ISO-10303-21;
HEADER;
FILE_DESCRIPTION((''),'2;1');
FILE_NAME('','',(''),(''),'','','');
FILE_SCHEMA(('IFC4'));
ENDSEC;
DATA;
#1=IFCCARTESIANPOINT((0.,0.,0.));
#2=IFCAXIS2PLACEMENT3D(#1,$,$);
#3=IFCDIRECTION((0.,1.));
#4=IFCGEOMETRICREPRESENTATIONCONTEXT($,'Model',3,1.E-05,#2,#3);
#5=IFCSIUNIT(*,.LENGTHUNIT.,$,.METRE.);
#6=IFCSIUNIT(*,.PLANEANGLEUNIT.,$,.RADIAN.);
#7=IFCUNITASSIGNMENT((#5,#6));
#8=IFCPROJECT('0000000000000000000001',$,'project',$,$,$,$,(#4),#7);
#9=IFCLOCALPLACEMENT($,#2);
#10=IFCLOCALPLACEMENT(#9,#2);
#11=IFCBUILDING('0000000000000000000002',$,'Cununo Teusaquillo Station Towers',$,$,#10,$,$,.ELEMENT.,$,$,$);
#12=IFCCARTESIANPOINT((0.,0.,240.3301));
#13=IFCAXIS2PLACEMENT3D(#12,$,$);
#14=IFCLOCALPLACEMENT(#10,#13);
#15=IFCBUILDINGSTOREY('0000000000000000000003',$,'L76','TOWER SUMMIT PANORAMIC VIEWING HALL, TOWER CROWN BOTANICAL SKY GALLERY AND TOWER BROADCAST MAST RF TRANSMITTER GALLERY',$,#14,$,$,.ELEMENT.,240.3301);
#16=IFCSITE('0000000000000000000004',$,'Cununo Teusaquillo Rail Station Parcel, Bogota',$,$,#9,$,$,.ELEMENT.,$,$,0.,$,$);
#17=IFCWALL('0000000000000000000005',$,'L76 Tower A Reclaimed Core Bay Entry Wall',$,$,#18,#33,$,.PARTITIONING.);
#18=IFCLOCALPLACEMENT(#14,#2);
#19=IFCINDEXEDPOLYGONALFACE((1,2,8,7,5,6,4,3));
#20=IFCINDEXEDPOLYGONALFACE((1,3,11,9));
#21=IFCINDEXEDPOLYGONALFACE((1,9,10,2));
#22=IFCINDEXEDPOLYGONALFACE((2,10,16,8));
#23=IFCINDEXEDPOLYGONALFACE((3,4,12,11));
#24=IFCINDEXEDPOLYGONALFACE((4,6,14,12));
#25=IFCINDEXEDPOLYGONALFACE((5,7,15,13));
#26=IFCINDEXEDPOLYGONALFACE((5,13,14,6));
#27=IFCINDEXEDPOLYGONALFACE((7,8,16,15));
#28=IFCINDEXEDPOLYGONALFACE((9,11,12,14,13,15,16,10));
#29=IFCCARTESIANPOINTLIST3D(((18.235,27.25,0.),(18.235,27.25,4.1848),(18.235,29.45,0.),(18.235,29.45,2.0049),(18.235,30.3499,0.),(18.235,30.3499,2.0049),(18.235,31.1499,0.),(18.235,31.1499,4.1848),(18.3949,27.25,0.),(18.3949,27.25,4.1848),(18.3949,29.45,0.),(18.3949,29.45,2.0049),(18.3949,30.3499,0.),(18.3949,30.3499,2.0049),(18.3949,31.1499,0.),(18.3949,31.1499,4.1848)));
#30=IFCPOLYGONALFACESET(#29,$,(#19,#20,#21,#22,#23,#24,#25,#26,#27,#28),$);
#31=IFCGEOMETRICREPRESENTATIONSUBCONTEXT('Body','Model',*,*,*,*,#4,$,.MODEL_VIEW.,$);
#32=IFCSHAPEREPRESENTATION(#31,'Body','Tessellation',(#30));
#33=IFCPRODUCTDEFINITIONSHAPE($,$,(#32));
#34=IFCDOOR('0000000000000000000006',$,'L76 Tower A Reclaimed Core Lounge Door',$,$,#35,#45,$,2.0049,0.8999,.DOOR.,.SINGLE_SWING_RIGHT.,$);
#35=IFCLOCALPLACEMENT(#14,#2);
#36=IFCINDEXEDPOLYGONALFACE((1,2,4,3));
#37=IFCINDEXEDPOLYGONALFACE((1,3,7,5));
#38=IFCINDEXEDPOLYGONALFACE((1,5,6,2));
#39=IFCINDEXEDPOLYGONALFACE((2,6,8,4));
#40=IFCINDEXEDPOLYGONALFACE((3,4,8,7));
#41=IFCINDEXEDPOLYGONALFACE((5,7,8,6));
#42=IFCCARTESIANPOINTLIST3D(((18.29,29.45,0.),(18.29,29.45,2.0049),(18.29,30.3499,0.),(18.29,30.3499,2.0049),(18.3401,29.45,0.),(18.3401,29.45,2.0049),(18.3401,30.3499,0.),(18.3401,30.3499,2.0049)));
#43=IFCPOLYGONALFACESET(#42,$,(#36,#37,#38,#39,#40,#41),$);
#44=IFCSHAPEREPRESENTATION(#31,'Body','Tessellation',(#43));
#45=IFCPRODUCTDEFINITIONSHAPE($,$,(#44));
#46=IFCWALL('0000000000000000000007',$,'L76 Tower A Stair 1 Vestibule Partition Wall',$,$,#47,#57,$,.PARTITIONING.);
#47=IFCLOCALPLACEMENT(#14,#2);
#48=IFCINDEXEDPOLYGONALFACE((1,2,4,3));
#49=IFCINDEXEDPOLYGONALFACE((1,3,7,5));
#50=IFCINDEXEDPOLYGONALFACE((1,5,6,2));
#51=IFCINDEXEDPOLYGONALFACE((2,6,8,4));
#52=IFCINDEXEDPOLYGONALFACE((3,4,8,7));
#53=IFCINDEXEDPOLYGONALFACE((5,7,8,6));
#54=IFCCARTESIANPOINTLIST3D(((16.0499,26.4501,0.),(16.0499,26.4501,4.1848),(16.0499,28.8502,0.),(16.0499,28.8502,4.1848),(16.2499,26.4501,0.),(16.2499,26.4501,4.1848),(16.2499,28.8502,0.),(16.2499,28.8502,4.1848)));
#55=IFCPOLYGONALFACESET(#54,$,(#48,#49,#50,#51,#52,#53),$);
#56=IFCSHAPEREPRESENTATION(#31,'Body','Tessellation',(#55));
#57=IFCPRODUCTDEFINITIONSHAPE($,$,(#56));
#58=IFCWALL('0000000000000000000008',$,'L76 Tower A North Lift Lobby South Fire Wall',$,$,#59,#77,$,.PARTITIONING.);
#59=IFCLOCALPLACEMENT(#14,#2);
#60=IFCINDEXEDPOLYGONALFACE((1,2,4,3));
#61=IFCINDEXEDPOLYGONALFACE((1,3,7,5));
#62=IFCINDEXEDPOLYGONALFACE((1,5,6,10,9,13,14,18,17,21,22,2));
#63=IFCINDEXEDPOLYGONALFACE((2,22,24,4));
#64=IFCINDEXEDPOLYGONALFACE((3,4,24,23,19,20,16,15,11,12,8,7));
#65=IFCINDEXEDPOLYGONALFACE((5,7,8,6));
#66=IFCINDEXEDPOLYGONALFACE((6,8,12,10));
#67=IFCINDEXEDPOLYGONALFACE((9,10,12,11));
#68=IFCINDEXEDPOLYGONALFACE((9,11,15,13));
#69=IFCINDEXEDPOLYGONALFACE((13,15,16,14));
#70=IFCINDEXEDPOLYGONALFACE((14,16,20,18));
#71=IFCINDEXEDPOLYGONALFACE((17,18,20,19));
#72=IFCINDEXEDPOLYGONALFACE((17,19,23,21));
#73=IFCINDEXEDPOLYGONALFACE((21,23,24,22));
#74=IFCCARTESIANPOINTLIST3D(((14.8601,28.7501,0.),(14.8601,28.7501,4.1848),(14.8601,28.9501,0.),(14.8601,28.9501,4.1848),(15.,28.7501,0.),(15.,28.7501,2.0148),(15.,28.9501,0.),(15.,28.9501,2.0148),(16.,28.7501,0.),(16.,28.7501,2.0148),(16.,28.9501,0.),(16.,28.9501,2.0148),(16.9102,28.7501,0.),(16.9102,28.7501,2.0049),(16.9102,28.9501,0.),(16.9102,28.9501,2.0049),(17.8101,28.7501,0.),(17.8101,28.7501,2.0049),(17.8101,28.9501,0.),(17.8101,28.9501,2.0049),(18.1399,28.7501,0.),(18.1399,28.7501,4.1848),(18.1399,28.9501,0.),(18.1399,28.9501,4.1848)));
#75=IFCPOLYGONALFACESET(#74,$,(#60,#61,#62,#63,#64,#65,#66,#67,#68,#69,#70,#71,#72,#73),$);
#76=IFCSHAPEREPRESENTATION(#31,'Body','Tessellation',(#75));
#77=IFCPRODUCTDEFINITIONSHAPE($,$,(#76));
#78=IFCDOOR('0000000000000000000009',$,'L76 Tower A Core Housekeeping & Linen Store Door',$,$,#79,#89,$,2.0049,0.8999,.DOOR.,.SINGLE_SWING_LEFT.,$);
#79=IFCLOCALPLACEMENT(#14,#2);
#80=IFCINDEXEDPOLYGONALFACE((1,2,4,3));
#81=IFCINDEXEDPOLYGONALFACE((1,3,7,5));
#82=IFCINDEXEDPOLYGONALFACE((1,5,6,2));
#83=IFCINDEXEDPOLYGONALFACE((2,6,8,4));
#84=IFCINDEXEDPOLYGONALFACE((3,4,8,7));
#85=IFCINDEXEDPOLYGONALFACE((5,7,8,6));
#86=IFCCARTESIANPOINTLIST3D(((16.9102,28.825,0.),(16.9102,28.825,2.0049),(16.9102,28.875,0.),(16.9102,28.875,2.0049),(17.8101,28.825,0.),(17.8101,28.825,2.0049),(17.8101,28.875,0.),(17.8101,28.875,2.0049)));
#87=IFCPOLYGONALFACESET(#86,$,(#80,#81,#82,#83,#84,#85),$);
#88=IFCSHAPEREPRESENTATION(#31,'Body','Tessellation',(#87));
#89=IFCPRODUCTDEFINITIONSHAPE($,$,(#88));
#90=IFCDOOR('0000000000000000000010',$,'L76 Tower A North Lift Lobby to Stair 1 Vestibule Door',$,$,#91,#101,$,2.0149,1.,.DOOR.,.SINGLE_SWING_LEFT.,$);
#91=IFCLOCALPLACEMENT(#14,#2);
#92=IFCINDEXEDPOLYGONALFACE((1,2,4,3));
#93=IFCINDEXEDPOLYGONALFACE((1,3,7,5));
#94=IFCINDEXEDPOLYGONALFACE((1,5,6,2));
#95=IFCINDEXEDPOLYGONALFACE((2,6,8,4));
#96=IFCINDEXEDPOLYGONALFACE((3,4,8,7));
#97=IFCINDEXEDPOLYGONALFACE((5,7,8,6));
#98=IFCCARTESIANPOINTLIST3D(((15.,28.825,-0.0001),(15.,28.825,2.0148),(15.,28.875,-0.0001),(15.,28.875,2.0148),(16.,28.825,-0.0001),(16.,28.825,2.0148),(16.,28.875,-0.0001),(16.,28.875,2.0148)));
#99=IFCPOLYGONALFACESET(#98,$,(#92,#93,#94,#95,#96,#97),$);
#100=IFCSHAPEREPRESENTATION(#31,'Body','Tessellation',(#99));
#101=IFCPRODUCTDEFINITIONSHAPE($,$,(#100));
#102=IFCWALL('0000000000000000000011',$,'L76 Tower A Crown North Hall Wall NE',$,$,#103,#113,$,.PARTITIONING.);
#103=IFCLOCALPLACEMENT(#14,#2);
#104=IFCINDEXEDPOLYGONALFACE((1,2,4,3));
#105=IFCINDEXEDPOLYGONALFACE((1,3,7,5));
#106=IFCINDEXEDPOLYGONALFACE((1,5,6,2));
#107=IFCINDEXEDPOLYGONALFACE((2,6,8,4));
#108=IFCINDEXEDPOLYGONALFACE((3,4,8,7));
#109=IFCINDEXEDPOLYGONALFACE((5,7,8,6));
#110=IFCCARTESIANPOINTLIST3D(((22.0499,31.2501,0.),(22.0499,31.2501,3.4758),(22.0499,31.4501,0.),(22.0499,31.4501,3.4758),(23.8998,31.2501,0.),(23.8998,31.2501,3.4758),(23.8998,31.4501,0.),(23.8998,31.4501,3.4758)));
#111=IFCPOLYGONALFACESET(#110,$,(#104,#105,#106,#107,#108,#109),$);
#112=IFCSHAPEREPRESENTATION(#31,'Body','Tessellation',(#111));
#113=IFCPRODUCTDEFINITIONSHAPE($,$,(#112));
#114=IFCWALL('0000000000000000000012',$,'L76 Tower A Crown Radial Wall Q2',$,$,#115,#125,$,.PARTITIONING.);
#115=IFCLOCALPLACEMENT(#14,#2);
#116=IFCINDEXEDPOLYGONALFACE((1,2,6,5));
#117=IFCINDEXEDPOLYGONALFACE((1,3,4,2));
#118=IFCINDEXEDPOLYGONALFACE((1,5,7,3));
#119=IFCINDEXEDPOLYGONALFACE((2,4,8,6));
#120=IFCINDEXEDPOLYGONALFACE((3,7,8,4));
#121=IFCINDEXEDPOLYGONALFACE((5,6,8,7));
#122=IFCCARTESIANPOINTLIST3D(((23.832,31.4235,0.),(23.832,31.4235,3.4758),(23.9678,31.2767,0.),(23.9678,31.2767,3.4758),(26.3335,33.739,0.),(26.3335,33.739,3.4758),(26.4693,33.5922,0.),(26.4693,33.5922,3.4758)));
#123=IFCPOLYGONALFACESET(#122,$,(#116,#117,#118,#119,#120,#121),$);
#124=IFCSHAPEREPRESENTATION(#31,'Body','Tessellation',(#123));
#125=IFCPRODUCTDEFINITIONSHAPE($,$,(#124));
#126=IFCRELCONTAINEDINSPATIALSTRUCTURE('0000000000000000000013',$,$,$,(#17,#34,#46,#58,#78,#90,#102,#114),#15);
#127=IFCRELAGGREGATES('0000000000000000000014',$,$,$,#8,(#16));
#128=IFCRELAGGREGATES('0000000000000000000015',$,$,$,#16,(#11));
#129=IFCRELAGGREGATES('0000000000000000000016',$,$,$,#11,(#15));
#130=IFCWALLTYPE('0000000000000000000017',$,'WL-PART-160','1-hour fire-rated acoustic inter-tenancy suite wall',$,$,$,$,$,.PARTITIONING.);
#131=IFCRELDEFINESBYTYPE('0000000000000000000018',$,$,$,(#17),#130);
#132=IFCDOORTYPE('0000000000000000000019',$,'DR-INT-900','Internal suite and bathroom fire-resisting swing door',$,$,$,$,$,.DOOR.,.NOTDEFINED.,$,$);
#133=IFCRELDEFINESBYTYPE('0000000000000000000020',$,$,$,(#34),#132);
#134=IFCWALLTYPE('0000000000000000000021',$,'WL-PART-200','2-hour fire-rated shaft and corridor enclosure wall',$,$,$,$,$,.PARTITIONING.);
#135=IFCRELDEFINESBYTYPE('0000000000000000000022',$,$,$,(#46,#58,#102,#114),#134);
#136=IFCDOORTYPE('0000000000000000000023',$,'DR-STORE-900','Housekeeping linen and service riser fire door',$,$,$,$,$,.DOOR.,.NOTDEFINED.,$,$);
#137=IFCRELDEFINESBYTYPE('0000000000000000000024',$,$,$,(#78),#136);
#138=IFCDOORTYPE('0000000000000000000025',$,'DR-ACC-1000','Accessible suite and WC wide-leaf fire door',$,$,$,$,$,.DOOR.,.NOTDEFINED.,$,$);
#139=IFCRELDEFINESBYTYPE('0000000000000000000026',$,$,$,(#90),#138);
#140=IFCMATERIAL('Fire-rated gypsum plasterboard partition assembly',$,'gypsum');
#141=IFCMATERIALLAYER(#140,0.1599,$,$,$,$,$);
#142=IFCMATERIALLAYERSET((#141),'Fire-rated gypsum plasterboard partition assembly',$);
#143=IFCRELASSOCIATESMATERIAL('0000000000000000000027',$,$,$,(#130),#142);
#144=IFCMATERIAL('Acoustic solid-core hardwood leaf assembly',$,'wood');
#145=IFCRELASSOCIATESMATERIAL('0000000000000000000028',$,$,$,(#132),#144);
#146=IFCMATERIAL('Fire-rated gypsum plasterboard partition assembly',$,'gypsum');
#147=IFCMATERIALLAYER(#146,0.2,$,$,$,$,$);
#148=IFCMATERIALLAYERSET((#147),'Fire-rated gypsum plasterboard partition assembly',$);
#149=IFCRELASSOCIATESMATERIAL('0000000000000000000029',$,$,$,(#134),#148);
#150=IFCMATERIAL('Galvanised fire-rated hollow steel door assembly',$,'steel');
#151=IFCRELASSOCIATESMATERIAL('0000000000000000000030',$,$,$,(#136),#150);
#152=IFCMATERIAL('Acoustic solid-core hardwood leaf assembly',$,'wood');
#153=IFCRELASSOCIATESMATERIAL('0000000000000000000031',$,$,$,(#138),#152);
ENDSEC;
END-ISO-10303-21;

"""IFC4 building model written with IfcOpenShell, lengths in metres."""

from ifc_helpers import new_model, si_unit, direction, frame, frame_2d, origin, place, context, subcontext, project, spatial, rectangle, extrude, source, transform, mapped, material, layer, layer_set, type_object, element, fill, save


model = new_model("IFC4")

# Units and contexts
model_context = context("Model", 3, precision=1e-05, world=origin(), true_north=direction((0.0, 1.0)))
body_context = subcontext(model_context, "Body", "Model", "MODEL_VIEW")
ifc_project = project(units=[si_unit("LENGTHUNIT", "METRE"), si_unit("PLANEANGLEUNIT", "RADIAN")], contexts=[model_context])

# Site, building, storey
site_placement = place(None, origin())
site = spatial("IfcSite", under=ifc_project, at=site_placement, Name="Cununo Teusaquillo Rail Station Parcel, Bogota", CompositionType="ELEMENT", RefElevation=0.0)
building_placement = place(site_placement, origin())
building = spatial("IfcBuilding", under=site, at=building_placement, Name="Cununo Teusaquillo Station Towers", CompositionType="ELEMENT")
storey_placement = place(building_placement, frame((0.0, 0.0, 240.3301)))
storey = spatial("IfcBuildingStorey", under=building, at=storey_placement, Name="L76", Description="TOWER SUMMIT PANORAMIC VIEWING HALL, TOWER CROWN BOTANICAL SKY GALLERY AND TOWER BROADCAST MAST RF TRANSMITTER GALLERY", CompositionType="ELEMENT", Elevation=240.3301)

# Wall, opening, door
ifc_material_1 = material(Name="Fire-rated gypsum plasterboard partition assembly", Category="gypsum")
ifc_layer_1 = layer(ifc_material_1, 0.1599)
ifc_layer_set_1 = layer_set([ifc_layer_1], Name="Fire-rated gypsum plasterboard partition assembly")
wall_type_1 = type_object("IfcWallType", Name="WL-PART-160", Description="1-hour fire-rated acoustic inter-tenancy suite wall", PredefinedType="PARTITIONING", material=ifc_layer_set_1)
wall_1_placement = place(storey_placement, frame((18.3149, 27.25, 0.0), z_axis=(0.0, 0.0, 1.0), x_axis=(0.0, 1.0, 0.0)))
wall_1 = element("IfcWall", 1, at=wall_1_placement, inside=storey, type_object=wall_type_1, Name="L76 Tower A Reclaimed Core Bay Entry Wall", PredefinedType="PARTITIONING", context=body_context, shape_type="SweptSolid", body=[
    extrude(rectangle(XDim=3.8999, YDim=0.1599, at=frame_2d((1.95, 0.0))), origin(), (0.0, 0.0, 1.0), 4.1848),
])
shared_shape_1 = source(origin(), body_context, "Body", "SweptSolid", [
    extrude(rectangle(XDim=0.8999, YDim=2.0049, at=frame_2d((0.45, 1.0024))), frame((0.0, 0.0898, 0.0), z_axis=(0.0, -1.0, 0.0), x_axis=(1.0, 0.0, 0.0)), (0.0, 0.0, 1.0), 0.1799),
])
opening_1_placement = place(wall_1_placement, frame((2.2, 0.0, 0.0)))
opening_1 = element("IfcOpeningElement", 2, at=opening_1_placement, cuts=wall_1, PredefinedType="OPENING", context=body_context, shape_type="MappedRepresentation", body=[
    mapped(shared_shape_1, transform((0.0, 0.0, 0.0), x_axis=(1.0, 0.0, 0.0), y_axis=(0.0, 1.0, 0.0), z_axis=(0.0, 0.0, 1.0), scale=1.0)),
])
ifc_material_2 = material(Name="Acoustic solid-core hardwood leaf assembly", Category="wood")
door_type_1 = type_object("IfcDoorType", Name="DR-INT-900", Description="Internal suite and bathroom fire-resisting swing door", OperationType="NOTDEFINED", PredefinedType="DOOR", material=ifc_material_2)
shared_shape_2 = source(origin(), body_context, "Body", "SweptSolid", [
    extrude(rectangle(XDim=0.8999, YDim=2.0049, at=frame_2d((0.45, 1.0024))), frame((0.0, 0.0249, 0.0), z_axis=(0.0, -1.0, 0.0), x_axis=(1.0, 0.0, 0.0)), (0.0, 0.0, 1.0), 0.05),
])
door_1_placement = place(opening_1_placement, origin())
door_1 = element("IfcDoor", 3, at=door_1_placement, inside=storey, type_object=door_type_1, Name="L76 Tower A Reclaimed Core Lounge Door", OperationType="SINGLE_SWING_RIGHT", OverallHeight=2.0049, OverallWidth=0.8999, PredefinedType="DOOR", context=body_context, shape_type="MappedRepresentation", body=[
    mapped(shared_shape_2, transform((0.0, 0.0, 0.0), x_axis=(1.0, 0.0, 0.0), y_axis=(0.0, 1.0, 0.0), z_axis=(0.0, 0.0, 1.0), scale=1.0)),
])
fill(opening_1, door_1)

# Wall
ifc_material_3 = material(Name="Fire-rated gypsum plasterboard partition assembly", Category="gypsum")
ifc_layer_2 = layer(ifc_material_3, 0.2)
ifc_layer_set_2 = layer_set([ifc_layer_2], Name="Fire-rated gypsum plasterboard partition assembly")
wall_type_2 = type_object("IfcWallType", Name="WL-PART-200", Description="2-hour fire-rated shaft and corridor enclosure wall", PredefinedType="PARTITIONING", material=ifc_layer_set_2)
wall_2_placement = place(storey_placement, frame((16.1499, 26.45, 0.0), z_axis=(0.0, 0.0, 1.0), x_axis=(0.0, 1.0, 0.0)))
element("IfcWall", 4, at=wall_2_placement, inside=storey, type_object=wall_type_2, Name="L76 Tower A Stair 1 Vestibule Partition Wall", PredefinedType="PARTITIONING", context=body_context, shape_type="SweptSolid", body=[
    extrude(rectangle(XDim=2.4001, YDim=0.2, at=frame_2d((1.2002, 0.0))), origin(), (0.0, 0.0, 1.0), 4.1848),
])

# Wall, openings, doors
wall_3_placement = place(storey_placement, frame((14.8601, 28.8501, 0.0), z_axis=(0.0, 0.0, 1.0), x_axis=(1.0, 0.0, 0.0)))
wall_3 = element("IfcWall", 5, at=wall_3_placement, inside=storey, type_object=wall_type_2, Name="L76 Tower A North Lift Lobby South Fire Wall", PredefinedType="PARTITIONING", context=body_context, shape_type="SweptSolid", body=[
    extrude(rectangle(XDim=3.2798, YDim=0.2, at=frame_2d((1.6399, 0.0))), origin(), (0.0, 0.0, 1.0), 4.1848),
])
shared_shape_3 = source(origin(), body_context, "Body", "SweptSolid", [
    extrude(rectangle(XDim=1.0, YDim=2.0149, at=frame_2d((0.5, 1.0073))), frame((0.0, 0.1099, 0.0), z_axis=(0.0, -1.0, 0.0), x_axis=(1.0, 0.0, 0.0)), (0.0, 0.0, 1.0), 0.22),
])
opening_2_placement = place(wall_3_placement, frame((0.1399, 0.0, 0.0)))
opening_2 = element("IfcOpeningElement", 6, at=opening_2_placement, cuts=wall_3, PredefinedType="OPENING", context=body_context, shape_type="MappedRepresentation", body=[
    mapped(shared_shape_3, transform((0.0, 0.0, 0.0), x_axis=(1.0, 0.0, 0.0), y_axis=(0.0, 1.0, 0.0), z_axis=(0.0, 0.0, 1.0), scale=1.0)),
])
shared_shape_4 = source(origin(), body_context, "Body", "SweptSolid", [
    extrude(rectangle(XDim=0.8999, YDim=2.0049, at=frame_2d((0.45, 1.0024))), frame((0.0, 0.1099, 0.0), z_axis=(0.0, -1.0, 0.0), x_axis=(1.0, 0.0, 0.0)), (0.0, 0.0, 1.0), 0.22),
])
opening_3_placement = place(wall_3_placement, frame((2.05, 0.0, 0.0)))
opening_3 = element("IfcOpeningElement", 7, at=opening_3_placement, cuts=wall_3, PredefinedType="OPENING", context=body_context, shape_type="MappedRepresentation", body=[
    mapped(shared_shape_4, transform((0.0, 0.0, 0.0), x_axis=(1.0, 0.0, 0.0), y_axis=(0.0, 1.0, 0.0), z_axis=(0.0, 0.0, 1.0), scale=1.0)),
])
ifc_material_4 = material(Name="Galvanised fire-rated hollow steel door assembly", Category="steel")
door_type_2 = type_object("IfcDoorType", Name="DR-STORE-900", Description="Housekeeping linen and service riser fire door", OperationType="NOTDEFINED", PredefinedType="DOOR", material=ifc_material_4)
door_2_placement = place(opening_3_placement, origin())
door_2 = element("IfcDoor", 8, at=door_2_placement, inside=storey, type_object=door_type_2, Name="L76 Tower A Core Housekeeping & Linen Store Door", OperationType="SINGLE_SWING_LEFT", OverallHeight=2.0049, OverallWidth=0.8999, PredefinedType="DOOR", context=body_context, shape_type="MappedRepresentation", body=[
    mapped(shared_shape_2, transform((0.0, 0.0, 0.0), x_axis=(1.0, 0.0, 0.0), y_axis=(0.0, 1.0, 0.0), z_axis=(0.0, 0.0, 1.0), scale=1.0)),
])
fill(opening_3, door_2)
ifc_material_5 = material(Name="Acoustic solid-core hardwood leaf assembly", Category="wood")
door_type_3 = type_object("IfcDoorType", Name="DR-ACC-1000", Description="Accessible suite and WC wide-leaf fire door", OperationType="NOTDEFINED", PredefinedType="DOOR", material=ifc_material_5)
shared_shape_5 = source(origin(), body_context, "Body", "SweptSolid", [
    extrude(rectangle(XDim=1.0, YDim=2.0149, at=frame_2d((0.5, 1.0073))), frame((0.0, 0.0249, 0.0), z_axis=(0.0, -1.0, 0.0), x_axis=(1.0, 0.0, 0.0)), (0.0, 0.0, 1.0), 0.05),
])
door_3_placement = place(opening_2_placement, origin())
door_3 = element("IfcDoor", 9, at=door_3_placement, inside=storey, type_object=door_type_3, Name="L76 Tower A North Lift Lobby to Stair 1 Vestibule Door", OperationType="SINGLE_SWING_LEFT", OverallHeight=2.0149, OverallWidth=1.0, PredefinedType="DOOR", context=body_context, shape_type="MappedRepresentation", body=[
    mapped(shared_shape_5, transform((0.0, 0.0, 0.0), x_axis=(1.0, 0.0, 0.0), y_axis=(0.0, 1.0, 0.0), z_axis=(0.0, 0.0, 1.0), scale=1.0)),
])
fill(opening_2, door_3)

# Walls
wall_4_placement = place(storey_placement, frame((22.05, 31.3501, 0.0), z_axis=(0.0, 0.0, 1.0), x_axis=(1.0, 0.0, 0.0)))
element("IfcWall", 10, at=wall_4_placement, inside=storey, type_object=wall_type_2, Name="L76 Tower A Crown North Hall Wall NE", PredefinedType="PARTITIONING", context=body_context, shape_type="SweptSolid", body=[
    extrude(rectangle(XDim=1.8499, YDim=0.2, at=frame_2d((0.9248, 0.0))), origin(), (0.0, 0.0, 1.0), 3.4758),
])
wall_5_placement = place(storey_placement, frame((23.8999, 31.3501, 0.0), z_axis=(0.0, 0.0, 1.0), x_axis=(0.733869, 0.679291, 0.0)))
element("IfcWall", 11, at=wall_5_placement, inside=storey, type_object=wall_type_2, Name="L76 Tower A Crown Radial Wall Q2", PredefinedType="PARTITIONING", context=body_context, shape_type="SweptSolid", body=[
    extrude(rectangle(XDim=3.4087, YDim=0.2, at=frame_2d((1.7043, 0.0))), origin(), (0.0, 0.0, 1.0), 3.4758),
])

save(model, "model.ifc")
